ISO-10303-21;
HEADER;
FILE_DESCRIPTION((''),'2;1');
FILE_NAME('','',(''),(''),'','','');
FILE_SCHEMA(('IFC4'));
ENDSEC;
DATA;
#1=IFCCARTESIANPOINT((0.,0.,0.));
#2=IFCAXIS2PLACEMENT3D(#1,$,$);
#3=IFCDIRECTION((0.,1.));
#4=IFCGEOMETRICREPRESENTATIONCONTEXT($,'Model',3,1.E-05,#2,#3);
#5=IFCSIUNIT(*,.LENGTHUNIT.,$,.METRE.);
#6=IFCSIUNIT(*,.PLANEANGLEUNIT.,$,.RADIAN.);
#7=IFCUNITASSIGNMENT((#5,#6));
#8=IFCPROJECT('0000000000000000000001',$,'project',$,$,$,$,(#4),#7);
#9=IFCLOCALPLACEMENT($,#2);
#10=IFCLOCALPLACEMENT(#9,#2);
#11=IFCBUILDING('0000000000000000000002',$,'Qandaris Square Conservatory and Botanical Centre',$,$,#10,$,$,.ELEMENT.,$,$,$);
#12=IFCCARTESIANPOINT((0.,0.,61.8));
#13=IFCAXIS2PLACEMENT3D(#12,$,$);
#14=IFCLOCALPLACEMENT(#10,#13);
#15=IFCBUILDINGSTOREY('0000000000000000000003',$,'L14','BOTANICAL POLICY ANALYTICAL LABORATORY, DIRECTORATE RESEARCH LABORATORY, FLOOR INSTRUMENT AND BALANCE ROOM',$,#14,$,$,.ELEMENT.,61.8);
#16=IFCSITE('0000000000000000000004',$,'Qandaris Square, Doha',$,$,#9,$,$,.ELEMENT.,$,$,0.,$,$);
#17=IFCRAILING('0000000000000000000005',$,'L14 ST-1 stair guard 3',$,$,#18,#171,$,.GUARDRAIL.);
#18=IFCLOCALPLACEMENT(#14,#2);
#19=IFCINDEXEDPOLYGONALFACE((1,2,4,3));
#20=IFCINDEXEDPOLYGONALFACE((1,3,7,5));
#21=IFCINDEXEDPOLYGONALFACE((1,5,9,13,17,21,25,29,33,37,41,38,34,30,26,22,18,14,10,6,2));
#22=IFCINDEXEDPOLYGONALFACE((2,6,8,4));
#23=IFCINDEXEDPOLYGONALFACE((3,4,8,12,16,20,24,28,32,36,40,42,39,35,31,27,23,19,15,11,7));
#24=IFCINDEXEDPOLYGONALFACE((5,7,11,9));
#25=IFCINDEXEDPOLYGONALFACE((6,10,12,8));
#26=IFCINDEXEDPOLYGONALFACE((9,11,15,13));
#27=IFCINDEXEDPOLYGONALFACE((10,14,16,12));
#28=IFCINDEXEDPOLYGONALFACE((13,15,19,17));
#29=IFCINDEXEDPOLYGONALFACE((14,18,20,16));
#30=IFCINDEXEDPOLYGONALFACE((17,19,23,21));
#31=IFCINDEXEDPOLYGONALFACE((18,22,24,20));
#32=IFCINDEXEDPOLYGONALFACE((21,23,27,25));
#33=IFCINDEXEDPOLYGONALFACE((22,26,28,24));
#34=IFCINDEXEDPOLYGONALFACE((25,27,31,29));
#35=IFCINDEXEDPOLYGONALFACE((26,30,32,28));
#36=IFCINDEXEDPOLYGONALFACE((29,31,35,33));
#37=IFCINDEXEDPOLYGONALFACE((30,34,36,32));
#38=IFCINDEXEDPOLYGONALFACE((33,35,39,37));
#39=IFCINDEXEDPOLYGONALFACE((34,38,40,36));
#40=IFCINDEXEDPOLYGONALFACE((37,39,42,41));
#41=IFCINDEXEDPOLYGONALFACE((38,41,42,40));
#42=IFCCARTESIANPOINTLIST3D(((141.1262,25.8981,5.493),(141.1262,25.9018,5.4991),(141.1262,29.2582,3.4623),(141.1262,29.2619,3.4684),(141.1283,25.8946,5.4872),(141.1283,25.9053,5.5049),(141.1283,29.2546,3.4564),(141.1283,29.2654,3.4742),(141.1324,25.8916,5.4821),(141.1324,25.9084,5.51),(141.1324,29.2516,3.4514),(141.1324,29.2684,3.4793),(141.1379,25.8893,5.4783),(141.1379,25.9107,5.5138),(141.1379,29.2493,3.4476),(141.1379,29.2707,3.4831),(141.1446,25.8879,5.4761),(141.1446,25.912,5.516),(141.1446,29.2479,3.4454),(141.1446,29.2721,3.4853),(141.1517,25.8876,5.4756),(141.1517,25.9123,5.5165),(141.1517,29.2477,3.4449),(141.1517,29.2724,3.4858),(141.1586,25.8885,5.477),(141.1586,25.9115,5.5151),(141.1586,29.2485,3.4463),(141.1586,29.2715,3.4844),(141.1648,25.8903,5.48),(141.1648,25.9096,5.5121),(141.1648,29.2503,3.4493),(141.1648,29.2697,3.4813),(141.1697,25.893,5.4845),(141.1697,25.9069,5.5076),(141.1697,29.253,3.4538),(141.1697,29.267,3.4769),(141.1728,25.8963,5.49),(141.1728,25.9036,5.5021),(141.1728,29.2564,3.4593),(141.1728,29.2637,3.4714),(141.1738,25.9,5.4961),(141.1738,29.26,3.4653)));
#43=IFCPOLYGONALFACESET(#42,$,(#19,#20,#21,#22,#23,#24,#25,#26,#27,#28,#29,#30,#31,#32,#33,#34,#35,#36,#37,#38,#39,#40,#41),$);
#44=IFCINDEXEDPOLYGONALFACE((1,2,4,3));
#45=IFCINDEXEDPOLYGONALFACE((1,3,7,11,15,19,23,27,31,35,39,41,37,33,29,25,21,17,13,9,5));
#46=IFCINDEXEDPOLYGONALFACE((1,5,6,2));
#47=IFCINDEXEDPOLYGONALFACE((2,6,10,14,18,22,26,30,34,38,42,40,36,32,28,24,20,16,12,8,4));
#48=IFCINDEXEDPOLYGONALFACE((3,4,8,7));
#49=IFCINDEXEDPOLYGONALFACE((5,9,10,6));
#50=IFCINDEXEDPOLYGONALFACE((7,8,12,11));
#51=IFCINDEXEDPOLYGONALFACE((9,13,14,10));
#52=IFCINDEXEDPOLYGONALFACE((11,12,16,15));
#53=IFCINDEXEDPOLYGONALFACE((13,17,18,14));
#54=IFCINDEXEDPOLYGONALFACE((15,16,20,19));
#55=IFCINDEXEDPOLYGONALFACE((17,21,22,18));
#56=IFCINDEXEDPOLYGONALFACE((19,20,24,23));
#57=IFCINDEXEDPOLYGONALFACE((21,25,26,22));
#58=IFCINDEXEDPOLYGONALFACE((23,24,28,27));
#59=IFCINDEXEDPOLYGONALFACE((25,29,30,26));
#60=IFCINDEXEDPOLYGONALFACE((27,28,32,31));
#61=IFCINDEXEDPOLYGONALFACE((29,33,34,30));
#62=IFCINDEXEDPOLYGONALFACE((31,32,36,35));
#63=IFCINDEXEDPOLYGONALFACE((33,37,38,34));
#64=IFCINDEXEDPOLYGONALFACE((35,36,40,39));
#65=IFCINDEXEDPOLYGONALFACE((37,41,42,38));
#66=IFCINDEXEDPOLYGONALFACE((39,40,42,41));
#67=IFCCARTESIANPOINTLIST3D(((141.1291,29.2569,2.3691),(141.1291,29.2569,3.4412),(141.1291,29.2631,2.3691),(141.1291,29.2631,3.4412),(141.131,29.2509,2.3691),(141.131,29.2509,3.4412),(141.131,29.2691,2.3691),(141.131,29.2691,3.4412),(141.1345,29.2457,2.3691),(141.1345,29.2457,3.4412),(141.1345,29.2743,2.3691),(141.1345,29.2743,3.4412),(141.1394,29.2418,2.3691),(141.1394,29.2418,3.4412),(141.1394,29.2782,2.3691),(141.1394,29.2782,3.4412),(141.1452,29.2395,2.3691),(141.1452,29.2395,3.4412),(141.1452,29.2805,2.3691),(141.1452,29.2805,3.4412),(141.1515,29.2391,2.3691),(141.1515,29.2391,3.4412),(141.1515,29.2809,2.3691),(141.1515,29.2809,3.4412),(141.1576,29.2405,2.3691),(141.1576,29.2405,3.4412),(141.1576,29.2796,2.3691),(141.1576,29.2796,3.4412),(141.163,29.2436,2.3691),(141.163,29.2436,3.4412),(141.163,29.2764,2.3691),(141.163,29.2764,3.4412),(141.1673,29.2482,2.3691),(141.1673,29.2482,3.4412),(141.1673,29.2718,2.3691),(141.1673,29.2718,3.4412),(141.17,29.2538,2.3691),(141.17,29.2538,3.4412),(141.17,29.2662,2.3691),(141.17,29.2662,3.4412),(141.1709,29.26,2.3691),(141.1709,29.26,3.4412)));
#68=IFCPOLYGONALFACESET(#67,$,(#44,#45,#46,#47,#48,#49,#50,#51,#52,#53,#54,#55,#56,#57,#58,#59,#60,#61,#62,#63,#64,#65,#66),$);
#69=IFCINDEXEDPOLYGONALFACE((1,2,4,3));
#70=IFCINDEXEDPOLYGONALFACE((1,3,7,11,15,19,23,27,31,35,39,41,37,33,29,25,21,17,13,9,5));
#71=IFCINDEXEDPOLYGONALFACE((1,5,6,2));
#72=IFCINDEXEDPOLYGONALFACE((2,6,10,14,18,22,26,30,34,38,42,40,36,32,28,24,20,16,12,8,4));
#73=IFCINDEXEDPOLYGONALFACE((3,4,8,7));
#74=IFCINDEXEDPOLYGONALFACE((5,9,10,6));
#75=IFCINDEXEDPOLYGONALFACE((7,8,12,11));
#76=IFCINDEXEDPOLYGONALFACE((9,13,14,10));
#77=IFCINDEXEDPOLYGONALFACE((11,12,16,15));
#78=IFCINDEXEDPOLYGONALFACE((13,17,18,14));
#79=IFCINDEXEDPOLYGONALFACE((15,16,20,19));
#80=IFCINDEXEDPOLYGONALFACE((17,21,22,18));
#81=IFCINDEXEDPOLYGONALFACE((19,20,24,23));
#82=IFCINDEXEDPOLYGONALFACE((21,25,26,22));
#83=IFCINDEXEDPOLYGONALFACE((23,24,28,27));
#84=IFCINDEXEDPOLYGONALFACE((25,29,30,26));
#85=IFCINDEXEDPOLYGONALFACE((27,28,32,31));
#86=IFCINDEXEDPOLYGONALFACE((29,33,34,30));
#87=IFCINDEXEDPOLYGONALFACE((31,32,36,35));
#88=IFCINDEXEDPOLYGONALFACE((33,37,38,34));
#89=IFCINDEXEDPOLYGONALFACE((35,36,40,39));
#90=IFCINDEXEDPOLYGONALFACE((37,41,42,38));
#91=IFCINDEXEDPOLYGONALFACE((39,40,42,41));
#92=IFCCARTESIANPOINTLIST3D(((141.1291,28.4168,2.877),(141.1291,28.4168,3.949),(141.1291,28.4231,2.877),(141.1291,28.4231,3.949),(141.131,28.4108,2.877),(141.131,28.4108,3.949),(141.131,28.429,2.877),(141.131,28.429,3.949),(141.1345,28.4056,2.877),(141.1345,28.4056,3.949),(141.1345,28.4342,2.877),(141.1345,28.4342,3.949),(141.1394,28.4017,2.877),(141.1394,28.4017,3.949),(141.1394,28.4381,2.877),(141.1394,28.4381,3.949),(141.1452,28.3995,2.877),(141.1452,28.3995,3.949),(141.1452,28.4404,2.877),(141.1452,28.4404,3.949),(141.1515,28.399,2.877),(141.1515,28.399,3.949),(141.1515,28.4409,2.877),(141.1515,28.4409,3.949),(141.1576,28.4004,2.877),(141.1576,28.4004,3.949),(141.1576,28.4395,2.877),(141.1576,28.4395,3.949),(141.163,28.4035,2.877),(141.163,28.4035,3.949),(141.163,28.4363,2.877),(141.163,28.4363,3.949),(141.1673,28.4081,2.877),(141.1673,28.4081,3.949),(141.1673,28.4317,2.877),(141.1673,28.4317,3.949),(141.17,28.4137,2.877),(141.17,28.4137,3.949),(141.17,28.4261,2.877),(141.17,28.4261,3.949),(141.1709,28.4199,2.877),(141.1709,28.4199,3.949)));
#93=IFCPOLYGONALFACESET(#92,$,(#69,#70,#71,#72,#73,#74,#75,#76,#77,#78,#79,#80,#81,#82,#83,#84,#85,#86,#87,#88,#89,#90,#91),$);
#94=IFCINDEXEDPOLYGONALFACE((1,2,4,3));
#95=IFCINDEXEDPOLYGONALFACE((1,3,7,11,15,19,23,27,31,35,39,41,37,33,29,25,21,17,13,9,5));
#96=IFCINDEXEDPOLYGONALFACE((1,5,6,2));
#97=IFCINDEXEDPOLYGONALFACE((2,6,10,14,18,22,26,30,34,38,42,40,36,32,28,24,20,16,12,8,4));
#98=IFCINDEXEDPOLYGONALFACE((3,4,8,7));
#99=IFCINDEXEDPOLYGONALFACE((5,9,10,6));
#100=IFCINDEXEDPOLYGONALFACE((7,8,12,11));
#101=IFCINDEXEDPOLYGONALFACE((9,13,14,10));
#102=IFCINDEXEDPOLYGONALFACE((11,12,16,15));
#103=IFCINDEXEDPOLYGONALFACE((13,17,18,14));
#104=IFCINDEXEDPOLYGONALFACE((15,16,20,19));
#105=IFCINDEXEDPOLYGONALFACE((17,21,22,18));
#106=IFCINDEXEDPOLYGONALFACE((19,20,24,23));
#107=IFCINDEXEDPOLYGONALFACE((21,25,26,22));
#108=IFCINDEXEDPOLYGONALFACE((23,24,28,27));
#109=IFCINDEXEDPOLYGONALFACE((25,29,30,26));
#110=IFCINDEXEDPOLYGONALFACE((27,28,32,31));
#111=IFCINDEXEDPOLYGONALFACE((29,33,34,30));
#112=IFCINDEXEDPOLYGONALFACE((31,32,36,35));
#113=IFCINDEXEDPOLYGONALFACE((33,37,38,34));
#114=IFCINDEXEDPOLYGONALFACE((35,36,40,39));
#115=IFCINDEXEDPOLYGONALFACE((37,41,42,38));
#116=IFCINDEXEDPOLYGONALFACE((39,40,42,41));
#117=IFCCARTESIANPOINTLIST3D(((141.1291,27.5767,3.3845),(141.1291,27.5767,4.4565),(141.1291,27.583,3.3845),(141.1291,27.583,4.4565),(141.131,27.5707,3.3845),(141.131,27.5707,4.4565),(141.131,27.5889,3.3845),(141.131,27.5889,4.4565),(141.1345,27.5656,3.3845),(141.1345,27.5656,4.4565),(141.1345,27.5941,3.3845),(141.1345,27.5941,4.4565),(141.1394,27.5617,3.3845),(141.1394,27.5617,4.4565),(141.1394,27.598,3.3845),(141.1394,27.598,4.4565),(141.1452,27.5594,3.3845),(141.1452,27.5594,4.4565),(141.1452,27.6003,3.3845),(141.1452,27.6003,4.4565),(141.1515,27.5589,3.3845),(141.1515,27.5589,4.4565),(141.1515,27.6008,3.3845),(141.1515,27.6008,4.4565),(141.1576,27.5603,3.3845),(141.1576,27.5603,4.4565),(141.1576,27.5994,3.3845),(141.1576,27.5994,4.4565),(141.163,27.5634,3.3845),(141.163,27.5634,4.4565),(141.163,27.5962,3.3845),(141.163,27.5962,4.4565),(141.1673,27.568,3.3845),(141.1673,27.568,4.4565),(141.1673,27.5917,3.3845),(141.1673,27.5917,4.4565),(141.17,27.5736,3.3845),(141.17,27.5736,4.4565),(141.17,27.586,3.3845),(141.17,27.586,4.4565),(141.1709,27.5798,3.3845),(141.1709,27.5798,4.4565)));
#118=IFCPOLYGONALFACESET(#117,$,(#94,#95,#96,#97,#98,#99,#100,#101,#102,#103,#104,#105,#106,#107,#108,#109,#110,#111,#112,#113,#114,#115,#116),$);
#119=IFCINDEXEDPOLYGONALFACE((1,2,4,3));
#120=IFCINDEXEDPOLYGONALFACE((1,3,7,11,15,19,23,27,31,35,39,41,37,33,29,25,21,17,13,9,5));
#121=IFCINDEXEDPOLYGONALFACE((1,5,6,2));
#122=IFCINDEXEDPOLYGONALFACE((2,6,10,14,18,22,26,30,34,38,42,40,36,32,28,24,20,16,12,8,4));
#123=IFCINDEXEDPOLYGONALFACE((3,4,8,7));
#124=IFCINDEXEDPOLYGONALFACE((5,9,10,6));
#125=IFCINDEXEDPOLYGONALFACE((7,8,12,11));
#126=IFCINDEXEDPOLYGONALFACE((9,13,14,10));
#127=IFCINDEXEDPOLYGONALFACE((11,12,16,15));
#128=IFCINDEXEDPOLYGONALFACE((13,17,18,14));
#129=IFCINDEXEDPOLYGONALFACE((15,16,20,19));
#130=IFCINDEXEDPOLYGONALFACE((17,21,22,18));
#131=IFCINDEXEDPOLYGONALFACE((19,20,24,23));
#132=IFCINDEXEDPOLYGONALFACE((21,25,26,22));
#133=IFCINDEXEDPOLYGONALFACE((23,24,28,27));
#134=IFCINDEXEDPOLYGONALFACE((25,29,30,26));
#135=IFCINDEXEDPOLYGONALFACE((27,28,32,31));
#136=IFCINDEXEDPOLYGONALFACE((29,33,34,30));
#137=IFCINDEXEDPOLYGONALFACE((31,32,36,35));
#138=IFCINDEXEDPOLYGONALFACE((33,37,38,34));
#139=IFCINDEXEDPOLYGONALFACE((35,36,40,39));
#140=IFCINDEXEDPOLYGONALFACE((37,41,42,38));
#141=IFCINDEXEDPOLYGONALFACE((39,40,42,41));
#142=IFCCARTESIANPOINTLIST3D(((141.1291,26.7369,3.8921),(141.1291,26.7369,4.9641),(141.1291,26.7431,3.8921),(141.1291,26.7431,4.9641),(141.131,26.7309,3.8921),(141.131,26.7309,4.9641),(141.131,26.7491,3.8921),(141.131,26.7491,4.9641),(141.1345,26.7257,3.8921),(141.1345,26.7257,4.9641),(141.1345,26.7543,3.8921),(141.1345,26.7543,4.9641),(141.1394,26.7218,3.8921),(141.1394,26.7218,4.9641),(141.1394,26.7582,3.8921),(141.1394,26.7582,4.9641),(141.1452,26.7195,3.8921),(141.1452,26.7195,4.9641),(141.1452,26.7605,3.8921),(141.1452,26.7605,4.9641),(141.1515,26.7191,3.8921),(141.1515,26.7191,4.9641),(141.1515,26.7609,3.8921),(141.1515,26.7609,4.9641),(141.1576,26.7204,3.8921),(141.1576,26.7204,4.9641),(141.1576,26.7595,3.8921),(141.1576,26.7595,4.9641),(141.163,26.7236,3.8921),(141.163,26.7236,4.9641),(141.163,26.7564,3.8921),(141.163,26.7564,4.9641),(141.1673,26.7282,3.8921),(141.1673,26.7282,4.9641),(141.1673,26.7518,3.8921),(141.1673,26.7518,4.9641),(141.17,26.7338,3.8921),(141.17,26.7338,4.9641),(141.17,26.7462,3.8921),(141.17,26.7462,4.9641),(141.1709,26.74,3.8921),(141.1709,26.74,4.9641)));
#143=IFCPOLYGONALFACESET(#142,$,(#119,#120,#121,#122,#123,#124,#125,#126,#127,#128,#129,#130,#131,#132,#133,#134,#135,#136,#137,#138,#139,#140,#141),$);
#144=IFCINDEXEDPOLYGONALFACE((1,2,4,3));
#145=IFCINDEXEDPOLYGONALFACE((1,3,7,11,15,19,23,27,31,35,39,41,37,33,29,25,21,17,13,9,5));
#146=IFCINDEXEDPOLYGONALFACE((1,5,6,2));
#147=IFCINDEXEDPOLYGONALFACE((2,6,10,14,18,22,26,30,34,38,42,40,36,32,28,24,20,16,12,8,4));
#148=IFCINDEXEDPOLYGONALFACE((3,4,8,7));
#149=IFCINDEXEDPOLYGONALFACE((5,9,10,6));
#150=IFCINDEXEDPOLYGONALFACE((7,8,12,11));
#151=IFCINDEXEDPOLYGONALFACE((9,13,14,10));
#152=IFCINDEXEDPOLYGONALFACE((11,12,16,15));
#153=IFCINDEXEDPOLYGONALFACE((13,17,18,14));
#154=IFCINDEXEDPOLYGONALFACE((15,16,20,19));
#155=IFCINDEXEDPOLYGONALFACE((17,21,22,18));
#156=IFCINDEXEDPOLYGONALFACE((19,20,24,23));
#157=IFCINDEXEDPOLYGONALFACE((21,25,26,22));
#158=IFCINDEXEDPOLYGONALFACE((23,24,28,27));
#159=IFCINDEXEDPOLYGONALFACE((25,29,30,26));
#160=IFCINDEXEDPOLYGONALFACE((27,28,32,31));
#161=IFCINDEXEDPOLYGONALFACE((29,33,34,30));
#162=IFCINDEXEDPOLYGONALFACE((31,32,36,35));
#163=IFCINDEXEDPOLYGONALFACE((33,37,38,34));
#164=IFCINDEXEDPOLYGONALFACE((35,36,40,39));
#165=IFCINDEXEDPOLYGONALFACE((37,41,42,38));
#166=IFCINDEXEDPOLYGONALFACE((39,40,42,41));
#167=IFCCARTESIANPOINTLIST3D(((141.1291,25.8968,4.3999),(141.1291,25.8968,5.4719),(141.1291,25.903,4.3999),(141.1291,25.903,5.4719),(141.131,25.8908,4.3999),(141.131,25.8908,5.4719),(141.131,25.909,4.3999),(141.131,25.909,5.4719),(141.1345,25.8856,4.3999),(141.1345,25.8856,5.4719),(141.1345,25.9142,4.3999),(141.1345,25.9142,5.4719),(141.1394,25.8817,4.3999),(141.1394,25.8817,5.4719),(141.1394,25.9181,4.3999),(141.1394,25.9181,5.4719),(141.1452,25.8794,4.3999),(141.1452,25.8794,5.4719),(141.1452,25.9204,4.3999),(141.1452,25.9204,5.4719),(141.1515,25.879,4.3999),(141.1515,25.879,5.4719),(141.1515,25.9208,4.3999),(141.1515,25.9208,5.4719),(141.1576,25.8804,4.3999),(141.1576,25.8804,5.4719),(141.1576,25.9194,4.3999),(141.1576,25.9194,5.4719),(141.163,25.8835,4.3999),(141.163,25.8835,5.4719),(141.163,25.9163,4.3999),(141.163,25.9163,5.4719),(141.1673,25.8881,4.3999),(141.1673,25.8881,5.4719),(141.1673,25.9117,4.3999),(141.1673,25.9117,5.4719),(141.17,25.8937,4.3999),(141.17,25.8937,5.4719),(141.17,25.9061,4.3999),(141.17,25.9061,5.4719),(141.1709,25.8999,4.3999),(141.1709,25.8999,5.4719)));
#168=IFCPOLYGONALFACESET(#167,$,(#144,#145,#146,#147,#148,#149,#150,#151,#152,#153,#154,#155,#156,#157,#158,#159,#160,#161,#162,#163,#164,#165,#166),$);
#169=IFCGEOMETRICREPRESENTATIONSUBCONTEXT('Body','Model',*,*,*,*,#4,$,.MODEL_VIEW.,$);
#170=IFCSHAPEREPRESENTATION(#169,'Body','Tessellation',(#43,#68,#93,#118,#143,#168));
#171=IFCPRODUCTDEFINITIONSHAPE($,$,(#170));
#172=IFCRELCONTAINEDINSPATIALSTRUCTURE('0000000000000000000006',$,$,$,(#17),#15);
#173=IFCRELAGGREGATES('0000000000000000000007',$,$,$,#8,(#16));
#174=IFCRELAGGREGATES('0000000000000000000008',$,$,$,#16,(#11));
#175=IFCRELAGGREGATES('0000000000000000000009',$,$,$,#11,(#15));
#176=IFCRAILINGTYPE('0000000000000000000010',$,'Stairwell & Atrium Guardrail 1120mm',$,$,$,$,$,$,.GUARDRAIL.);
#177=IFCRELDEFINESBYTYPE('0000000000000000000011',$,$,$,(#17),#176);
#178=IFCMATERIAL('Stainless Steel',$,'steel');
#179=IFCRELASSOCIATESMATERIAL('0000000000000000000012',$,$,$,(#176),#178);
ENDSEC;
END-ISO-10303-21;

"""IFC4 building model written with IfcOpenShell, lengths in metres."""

from ifc_helpers import new_model, si_unit, direction, frame, origin, origin_2d, place, context, subcontext, project, spatial, circle, extrude, material, type_object, element, save


model = new_model("IFC4")

# Units and contexts
model_context = context("Model", 3, precision=1e-05, world=origin(), true_north=direction((0.0, 1.0)))
body_context = subcontext(model_context, "Body", "Model", "MODEL_VIEW")
ifc_project = project(units=[si_unit("LENGTHUNIT", "METRE"), si_unit("PLANEANGLEUNIT", "RADIAN")], contexts=[model_context])

# Site, building, storey
site_placement = place(None, origin())
site = spatial("IfcSite", under=ifc_project, at=site_placement, Name="Qandaris Square, Doha", CompositionType="ELEMENT", RefElevation=0.0)
building_placement = place(site_placement, origin())
building = spatial("IfcBuilding", under=site, at=building_placement, Name="Qandaris Square Conservatory and Botanical Centre", CompositionType="ELEMENT")
storey_placement = place(building_placement, frame((0.0, 0.0, 61.8)))
storey = spatial("IfcBuildingStorey", under=building, at=storey_placement, Name="L14", Description="BOTANICAL POLICY ANALYTICAL LABORATORY, DIRECTORATE RESEARCH LABORATORY, FLOOR INSTRUMENT AND BALANCE ROOM", CompositionType="ELEMENT", Elevation=61.8)

# Railing
ifc_material_1 = material(Name="Stainless Steel", Category="steel")
railing_type_1 = type_object("IfcRailingType", Name="Stairwell & Atrium Guardrail 1120mm", PredefinedType="GUARDRAIL", material=ifc_material_1)
railing_1_placement = place(storey_placement, frame((141.1499, 29.26, 2.3691)))
element("IfcRailing", 1, at=railing_1_placement, inside=storey, type_object=railing_type_1, Name="L14 ST-1 stair guard 3", PredefinedType="GUARDRAIL", context=body_context, shape_type="SweptSolid", body=[
    extrude(circle(Radius=0.0239, at=origin_2d()), frame((0.0, 0.0, 1.0962), z_axis=(0.0, -0.855837, 0.517246), x_axis=(1.0, 0.0, 0.0)), (0.0, 0.0, 1.0), 3.926),
    extrude(circle(Radius=0.021, at=origin_2d()), origin(), (0.0, 0.0, 1.0), 1.072),
    extrude(circle(Radius=0.021, at=origin_2d()), frame((0.0, -0.8401, 0.5078)), (0.0, 0.0, 1.0), 1.072),
    extrude(circle(Radius=0.021, at=origin_2d()), frame((0.0, -1.6802, 1.0154)), (0.0, 0.0, 1.0), 1.072),
    extrude(circle(Radius=0.021, at=origin_2d()), frame((0.0, -2.52, 1.5229)), (0.0, 0.0, 1.0), 1.072),
    extrude(circle(Radius=0.021, at=origin_2d()), frame((0.0, -3.3601, 2.0308)), (0.0, 0.0, 1.0), 1.072),
])

save(model, "model.ifc")
